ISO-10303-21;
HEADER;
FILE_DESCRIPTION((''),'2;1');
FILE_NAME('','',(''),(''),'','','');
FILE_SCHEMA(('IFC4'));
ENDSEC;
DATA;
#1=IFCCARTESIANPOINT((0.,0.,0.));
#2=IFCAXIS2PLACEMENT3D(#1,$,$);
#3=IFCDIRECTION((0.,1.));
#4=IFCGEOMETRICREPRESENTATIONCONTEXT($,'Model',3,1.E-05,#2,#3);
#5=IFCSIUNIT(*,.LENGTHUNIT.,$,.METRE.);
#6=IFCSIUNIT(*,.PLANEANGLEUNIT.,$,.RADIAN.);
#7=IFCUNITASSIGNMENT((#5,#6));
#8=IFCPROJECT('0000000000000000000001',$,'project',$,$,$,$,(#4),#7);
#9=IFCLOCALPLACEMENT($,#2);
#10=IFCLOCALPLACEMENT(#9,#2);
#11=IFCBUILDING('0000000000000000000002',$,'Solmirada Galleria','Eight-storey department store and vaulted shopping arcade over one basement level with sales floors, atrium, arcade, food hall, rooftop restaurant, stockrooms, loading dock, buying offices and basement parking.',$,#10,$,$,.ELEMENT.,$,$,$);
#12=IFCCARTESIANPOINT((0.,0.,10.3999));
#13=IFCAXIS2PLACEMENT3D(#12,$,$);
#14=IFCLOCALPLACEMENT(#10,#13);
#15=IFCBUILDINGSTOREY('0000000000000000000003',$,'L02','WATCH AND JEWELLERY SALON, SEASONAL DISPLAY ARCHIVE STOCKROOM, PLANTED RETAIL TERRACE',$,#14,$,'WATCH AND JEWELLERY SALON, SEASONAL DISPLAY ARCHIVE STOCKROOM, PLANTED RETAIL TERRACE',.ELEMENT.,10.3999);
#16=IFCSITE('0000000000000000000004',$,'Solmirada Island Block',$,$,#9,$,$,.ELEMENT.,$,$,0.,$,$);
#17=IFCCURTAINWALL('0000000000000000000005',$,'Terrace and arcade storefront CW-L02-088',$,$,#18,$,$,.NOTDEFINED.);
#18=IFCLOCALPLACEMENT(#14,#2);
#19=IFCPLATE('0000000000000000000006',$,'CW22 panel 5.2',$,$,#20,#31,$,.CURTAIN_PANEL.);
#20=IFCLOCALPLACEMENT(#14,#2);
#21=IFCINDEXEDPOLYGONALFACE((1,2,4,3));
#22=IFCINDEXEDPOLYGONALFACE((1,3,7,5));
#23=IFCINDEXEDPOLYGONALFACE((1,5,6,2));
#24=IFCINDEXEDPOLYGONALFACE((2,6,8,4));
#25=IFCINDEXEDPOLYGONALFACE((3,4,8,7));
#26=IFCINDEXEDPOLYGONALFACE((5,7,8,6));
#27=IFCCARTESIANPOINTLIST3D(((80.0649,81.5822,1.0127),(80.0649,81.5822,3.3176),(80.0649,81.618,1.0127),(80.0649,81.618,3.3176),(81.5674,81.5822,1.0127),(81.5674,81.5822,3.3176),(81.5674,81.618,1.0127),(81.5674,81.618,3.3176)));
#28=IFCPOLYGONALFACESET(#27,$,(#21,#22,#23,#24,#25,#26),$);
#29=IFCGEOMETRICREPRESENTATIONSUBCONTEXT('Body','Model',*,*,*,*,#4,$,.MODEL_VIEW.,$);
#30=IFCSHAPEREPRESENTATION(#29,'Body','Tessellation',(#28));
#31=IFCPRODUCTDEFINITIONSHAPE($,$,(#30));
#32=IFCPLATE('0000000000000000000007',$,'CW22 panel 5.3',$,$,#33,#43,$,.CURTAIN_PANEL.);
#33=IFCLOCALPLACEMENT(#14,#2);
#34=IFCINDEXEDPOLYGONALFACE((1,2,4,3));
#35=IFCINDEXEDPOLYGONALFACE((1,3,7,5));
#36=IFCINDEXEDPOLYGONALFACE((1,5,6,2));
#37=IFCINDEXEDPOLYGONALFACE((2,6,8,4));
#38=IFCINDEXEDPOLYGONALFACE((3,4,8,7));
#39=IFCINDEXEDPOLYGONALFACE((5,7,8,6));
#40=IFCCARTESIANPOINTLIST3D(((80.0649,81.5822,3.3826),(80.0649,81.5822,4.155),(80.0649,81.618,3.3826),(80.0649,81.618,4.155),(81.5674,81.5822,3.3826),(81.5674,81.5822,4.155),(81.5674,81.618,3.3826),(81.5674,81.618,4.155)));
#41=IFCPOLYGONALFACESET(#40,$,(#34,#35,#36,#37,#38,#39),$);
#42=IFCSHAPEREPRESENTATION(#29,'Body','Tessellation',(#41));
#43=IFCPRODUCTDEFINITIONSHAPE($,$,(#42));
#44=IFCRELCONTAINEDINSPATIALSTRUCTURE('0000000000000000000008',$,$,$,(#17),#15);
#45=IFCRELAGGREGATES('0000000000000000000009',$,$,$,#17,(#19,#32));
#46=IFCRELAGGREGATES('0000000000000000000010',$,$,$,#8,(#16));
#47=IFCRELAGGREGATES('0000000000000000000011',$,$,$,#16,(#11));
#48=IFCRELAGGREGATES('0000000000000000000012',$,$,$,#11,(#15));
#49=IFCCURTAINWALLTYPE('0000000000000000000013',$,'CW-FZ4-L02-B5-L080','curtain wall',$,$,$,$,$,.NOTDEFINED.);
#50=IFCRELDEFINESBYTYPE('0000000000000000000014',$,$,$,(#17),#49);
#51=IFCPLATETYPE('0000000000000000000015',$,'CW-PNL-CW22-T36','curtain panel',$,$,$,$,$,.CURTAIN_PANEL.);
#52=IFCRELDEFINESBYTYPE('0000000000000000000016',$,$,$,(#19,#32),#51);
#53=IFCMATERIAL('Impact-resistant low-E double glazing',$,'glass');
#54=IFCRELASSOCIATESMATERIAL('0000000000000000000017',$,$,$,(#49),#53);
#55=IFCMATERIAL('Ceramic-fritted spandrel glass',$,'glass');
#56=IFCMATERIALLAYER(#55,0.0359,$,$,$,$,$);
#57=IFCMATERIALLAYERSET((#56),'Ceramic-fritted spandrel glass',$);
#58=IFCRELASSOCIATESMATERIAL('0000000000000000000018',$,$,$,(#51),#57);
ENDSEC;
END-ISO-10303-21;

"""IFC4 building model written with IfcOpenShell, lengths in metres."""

from ifc_helpers import new_model, si_unit, direction, frame, origin, origin_2d, place, context, subcontext, project, spatial, rectangle, extrude, material, layer, layer_set, type_object, element, aggregate, save


model = new_model("IFC4")

# Units and contexts
model_context = context("Model", 3, precision=1e-05, world=origin(), true_north=direction((0.0, 1.0)))
body_context = subcontext(model_context, "Body", "Model", "MODEL_VIEW")
ifc_project = project(units=[si_unit("LENGTHUNIT", "METRE"), si_unit("PLANEANGLEUNIT", "RADIAN")], contexts=[model_context])

# Site, building, storey
site_placement = place(None, origin())
site = spatial("IfcSite", under=ifc_project, at=site_placement, Name="Solmirada Island Block", CompositionType="ELEMENT", RefElevation=0.0)
building_placement = place(site_placement, origin())
building = spatial("IfcBuilding", under=site, at=building_placement, Name="Solmirada Galleria", Description="Eight-storey department store and vaulted shopping arcade over one basement level with sales floors, atrium, arcade, food hall, rooftop restaurant, stockrooms, loading dock, buying offices and basement parking.", CompositionType="ELEMENT")
storey_placement = place(building_placement, frame((0.0, 0.0, 10.3999)))
storey = spatial("IfcBuildingStorey", under=building, at=storey_placement, Name="L02", Description="WATCH AND JEWELLERY SALON, SEASONAL DISPLAY ARCHIVE STOCKROOM, PLANTED RETAIL TERRACE", LongName="WATCH AND JEWELLERY SALON, SEASONAL DISPLAY ARCHIVE STOCKROOM, PLANTED RETAIL TERRACE", CompositionType="ELEMENT", Elevation=10.3999)

# Curtain wall, plates
ifc_material_1 = material(Name="Impact-resistant low-E double glazing", Category="glass")
curtain_wall_type = type_object("IfcCurtainWallType", Name="CW-FZ4-L02-B5-L080", Description="curtain wall", PredefinedType="NOTDEFINED", material=ifc_material_1)
curtain_wall_placement = place(storey_placement, origin())
curtain_wall = element("IfcCurtainWall", 1, at=curtain_wall_placement, inside=storey, type_object=curtain_wall_type, Name="Terrace and arcade storefront CW-L02-088", PredefinedType="NOTDEFINED")
ifc_material_2 = material(Name="Ceramic-fritted spandrel glass", Category="glass")
ifc_layer = layer(ifc_material_2, 0.0359)
ifc_layer_set = layer_set([ifc_layer], Name="Ceramic-fritted spandrel glass")
plate_type = type_object("IfcPlateType", Name="CW-PNL-CW22-T36", Description="curtain panel", PredefinedType="CURTAIN_PANEL", material=ifc_layer_set)
plate_1_placement = place(storey_placement, frame((80.8162, 81.6001, 1.0127), z_axis=(0.0, 0.0, 1.0), x_axis=(-1.0, 0.0, 0.0)))
plate_1 = element("IfcPlate", 2, at=plate_1_placement, type_object=plate_type, Name="CW22 panel 5.2", PredefinedType="CURTAIN_PANEL", context=body_context, shape_type="SweptSolid", body=[
    extrude(rectangle(XDim=1.5024, YDim=0.0359, at=origin_2d()), origin(), (0.0, 0.0, 1.0), 2.3049),
])
plate_2_placement = place(storey_placement, frame((80.8162, 81.6001, 3.3826), z_axis=(0.0, 0.0, 1.0), x_axis=(-1.0, 0.0, 0.0)))
plate_2 = element("IfcPlate", 3, at=plate_2_placement, type_object=plate_type, Name="CW22 panel 5.3", PredefinedType="CURTAIN_PANEL", context=body_context, shape_type="SweptSolid", body=[
    extrude(rectangle(XDim=1.5024, YDim=0.0359, at=origin_2d()), origin(), (0.0, 0.0, 1.0), 0.7725),
])
aggregate(curtain_wall, [plate_1, plate_2])

save(model, "model.ifc")
